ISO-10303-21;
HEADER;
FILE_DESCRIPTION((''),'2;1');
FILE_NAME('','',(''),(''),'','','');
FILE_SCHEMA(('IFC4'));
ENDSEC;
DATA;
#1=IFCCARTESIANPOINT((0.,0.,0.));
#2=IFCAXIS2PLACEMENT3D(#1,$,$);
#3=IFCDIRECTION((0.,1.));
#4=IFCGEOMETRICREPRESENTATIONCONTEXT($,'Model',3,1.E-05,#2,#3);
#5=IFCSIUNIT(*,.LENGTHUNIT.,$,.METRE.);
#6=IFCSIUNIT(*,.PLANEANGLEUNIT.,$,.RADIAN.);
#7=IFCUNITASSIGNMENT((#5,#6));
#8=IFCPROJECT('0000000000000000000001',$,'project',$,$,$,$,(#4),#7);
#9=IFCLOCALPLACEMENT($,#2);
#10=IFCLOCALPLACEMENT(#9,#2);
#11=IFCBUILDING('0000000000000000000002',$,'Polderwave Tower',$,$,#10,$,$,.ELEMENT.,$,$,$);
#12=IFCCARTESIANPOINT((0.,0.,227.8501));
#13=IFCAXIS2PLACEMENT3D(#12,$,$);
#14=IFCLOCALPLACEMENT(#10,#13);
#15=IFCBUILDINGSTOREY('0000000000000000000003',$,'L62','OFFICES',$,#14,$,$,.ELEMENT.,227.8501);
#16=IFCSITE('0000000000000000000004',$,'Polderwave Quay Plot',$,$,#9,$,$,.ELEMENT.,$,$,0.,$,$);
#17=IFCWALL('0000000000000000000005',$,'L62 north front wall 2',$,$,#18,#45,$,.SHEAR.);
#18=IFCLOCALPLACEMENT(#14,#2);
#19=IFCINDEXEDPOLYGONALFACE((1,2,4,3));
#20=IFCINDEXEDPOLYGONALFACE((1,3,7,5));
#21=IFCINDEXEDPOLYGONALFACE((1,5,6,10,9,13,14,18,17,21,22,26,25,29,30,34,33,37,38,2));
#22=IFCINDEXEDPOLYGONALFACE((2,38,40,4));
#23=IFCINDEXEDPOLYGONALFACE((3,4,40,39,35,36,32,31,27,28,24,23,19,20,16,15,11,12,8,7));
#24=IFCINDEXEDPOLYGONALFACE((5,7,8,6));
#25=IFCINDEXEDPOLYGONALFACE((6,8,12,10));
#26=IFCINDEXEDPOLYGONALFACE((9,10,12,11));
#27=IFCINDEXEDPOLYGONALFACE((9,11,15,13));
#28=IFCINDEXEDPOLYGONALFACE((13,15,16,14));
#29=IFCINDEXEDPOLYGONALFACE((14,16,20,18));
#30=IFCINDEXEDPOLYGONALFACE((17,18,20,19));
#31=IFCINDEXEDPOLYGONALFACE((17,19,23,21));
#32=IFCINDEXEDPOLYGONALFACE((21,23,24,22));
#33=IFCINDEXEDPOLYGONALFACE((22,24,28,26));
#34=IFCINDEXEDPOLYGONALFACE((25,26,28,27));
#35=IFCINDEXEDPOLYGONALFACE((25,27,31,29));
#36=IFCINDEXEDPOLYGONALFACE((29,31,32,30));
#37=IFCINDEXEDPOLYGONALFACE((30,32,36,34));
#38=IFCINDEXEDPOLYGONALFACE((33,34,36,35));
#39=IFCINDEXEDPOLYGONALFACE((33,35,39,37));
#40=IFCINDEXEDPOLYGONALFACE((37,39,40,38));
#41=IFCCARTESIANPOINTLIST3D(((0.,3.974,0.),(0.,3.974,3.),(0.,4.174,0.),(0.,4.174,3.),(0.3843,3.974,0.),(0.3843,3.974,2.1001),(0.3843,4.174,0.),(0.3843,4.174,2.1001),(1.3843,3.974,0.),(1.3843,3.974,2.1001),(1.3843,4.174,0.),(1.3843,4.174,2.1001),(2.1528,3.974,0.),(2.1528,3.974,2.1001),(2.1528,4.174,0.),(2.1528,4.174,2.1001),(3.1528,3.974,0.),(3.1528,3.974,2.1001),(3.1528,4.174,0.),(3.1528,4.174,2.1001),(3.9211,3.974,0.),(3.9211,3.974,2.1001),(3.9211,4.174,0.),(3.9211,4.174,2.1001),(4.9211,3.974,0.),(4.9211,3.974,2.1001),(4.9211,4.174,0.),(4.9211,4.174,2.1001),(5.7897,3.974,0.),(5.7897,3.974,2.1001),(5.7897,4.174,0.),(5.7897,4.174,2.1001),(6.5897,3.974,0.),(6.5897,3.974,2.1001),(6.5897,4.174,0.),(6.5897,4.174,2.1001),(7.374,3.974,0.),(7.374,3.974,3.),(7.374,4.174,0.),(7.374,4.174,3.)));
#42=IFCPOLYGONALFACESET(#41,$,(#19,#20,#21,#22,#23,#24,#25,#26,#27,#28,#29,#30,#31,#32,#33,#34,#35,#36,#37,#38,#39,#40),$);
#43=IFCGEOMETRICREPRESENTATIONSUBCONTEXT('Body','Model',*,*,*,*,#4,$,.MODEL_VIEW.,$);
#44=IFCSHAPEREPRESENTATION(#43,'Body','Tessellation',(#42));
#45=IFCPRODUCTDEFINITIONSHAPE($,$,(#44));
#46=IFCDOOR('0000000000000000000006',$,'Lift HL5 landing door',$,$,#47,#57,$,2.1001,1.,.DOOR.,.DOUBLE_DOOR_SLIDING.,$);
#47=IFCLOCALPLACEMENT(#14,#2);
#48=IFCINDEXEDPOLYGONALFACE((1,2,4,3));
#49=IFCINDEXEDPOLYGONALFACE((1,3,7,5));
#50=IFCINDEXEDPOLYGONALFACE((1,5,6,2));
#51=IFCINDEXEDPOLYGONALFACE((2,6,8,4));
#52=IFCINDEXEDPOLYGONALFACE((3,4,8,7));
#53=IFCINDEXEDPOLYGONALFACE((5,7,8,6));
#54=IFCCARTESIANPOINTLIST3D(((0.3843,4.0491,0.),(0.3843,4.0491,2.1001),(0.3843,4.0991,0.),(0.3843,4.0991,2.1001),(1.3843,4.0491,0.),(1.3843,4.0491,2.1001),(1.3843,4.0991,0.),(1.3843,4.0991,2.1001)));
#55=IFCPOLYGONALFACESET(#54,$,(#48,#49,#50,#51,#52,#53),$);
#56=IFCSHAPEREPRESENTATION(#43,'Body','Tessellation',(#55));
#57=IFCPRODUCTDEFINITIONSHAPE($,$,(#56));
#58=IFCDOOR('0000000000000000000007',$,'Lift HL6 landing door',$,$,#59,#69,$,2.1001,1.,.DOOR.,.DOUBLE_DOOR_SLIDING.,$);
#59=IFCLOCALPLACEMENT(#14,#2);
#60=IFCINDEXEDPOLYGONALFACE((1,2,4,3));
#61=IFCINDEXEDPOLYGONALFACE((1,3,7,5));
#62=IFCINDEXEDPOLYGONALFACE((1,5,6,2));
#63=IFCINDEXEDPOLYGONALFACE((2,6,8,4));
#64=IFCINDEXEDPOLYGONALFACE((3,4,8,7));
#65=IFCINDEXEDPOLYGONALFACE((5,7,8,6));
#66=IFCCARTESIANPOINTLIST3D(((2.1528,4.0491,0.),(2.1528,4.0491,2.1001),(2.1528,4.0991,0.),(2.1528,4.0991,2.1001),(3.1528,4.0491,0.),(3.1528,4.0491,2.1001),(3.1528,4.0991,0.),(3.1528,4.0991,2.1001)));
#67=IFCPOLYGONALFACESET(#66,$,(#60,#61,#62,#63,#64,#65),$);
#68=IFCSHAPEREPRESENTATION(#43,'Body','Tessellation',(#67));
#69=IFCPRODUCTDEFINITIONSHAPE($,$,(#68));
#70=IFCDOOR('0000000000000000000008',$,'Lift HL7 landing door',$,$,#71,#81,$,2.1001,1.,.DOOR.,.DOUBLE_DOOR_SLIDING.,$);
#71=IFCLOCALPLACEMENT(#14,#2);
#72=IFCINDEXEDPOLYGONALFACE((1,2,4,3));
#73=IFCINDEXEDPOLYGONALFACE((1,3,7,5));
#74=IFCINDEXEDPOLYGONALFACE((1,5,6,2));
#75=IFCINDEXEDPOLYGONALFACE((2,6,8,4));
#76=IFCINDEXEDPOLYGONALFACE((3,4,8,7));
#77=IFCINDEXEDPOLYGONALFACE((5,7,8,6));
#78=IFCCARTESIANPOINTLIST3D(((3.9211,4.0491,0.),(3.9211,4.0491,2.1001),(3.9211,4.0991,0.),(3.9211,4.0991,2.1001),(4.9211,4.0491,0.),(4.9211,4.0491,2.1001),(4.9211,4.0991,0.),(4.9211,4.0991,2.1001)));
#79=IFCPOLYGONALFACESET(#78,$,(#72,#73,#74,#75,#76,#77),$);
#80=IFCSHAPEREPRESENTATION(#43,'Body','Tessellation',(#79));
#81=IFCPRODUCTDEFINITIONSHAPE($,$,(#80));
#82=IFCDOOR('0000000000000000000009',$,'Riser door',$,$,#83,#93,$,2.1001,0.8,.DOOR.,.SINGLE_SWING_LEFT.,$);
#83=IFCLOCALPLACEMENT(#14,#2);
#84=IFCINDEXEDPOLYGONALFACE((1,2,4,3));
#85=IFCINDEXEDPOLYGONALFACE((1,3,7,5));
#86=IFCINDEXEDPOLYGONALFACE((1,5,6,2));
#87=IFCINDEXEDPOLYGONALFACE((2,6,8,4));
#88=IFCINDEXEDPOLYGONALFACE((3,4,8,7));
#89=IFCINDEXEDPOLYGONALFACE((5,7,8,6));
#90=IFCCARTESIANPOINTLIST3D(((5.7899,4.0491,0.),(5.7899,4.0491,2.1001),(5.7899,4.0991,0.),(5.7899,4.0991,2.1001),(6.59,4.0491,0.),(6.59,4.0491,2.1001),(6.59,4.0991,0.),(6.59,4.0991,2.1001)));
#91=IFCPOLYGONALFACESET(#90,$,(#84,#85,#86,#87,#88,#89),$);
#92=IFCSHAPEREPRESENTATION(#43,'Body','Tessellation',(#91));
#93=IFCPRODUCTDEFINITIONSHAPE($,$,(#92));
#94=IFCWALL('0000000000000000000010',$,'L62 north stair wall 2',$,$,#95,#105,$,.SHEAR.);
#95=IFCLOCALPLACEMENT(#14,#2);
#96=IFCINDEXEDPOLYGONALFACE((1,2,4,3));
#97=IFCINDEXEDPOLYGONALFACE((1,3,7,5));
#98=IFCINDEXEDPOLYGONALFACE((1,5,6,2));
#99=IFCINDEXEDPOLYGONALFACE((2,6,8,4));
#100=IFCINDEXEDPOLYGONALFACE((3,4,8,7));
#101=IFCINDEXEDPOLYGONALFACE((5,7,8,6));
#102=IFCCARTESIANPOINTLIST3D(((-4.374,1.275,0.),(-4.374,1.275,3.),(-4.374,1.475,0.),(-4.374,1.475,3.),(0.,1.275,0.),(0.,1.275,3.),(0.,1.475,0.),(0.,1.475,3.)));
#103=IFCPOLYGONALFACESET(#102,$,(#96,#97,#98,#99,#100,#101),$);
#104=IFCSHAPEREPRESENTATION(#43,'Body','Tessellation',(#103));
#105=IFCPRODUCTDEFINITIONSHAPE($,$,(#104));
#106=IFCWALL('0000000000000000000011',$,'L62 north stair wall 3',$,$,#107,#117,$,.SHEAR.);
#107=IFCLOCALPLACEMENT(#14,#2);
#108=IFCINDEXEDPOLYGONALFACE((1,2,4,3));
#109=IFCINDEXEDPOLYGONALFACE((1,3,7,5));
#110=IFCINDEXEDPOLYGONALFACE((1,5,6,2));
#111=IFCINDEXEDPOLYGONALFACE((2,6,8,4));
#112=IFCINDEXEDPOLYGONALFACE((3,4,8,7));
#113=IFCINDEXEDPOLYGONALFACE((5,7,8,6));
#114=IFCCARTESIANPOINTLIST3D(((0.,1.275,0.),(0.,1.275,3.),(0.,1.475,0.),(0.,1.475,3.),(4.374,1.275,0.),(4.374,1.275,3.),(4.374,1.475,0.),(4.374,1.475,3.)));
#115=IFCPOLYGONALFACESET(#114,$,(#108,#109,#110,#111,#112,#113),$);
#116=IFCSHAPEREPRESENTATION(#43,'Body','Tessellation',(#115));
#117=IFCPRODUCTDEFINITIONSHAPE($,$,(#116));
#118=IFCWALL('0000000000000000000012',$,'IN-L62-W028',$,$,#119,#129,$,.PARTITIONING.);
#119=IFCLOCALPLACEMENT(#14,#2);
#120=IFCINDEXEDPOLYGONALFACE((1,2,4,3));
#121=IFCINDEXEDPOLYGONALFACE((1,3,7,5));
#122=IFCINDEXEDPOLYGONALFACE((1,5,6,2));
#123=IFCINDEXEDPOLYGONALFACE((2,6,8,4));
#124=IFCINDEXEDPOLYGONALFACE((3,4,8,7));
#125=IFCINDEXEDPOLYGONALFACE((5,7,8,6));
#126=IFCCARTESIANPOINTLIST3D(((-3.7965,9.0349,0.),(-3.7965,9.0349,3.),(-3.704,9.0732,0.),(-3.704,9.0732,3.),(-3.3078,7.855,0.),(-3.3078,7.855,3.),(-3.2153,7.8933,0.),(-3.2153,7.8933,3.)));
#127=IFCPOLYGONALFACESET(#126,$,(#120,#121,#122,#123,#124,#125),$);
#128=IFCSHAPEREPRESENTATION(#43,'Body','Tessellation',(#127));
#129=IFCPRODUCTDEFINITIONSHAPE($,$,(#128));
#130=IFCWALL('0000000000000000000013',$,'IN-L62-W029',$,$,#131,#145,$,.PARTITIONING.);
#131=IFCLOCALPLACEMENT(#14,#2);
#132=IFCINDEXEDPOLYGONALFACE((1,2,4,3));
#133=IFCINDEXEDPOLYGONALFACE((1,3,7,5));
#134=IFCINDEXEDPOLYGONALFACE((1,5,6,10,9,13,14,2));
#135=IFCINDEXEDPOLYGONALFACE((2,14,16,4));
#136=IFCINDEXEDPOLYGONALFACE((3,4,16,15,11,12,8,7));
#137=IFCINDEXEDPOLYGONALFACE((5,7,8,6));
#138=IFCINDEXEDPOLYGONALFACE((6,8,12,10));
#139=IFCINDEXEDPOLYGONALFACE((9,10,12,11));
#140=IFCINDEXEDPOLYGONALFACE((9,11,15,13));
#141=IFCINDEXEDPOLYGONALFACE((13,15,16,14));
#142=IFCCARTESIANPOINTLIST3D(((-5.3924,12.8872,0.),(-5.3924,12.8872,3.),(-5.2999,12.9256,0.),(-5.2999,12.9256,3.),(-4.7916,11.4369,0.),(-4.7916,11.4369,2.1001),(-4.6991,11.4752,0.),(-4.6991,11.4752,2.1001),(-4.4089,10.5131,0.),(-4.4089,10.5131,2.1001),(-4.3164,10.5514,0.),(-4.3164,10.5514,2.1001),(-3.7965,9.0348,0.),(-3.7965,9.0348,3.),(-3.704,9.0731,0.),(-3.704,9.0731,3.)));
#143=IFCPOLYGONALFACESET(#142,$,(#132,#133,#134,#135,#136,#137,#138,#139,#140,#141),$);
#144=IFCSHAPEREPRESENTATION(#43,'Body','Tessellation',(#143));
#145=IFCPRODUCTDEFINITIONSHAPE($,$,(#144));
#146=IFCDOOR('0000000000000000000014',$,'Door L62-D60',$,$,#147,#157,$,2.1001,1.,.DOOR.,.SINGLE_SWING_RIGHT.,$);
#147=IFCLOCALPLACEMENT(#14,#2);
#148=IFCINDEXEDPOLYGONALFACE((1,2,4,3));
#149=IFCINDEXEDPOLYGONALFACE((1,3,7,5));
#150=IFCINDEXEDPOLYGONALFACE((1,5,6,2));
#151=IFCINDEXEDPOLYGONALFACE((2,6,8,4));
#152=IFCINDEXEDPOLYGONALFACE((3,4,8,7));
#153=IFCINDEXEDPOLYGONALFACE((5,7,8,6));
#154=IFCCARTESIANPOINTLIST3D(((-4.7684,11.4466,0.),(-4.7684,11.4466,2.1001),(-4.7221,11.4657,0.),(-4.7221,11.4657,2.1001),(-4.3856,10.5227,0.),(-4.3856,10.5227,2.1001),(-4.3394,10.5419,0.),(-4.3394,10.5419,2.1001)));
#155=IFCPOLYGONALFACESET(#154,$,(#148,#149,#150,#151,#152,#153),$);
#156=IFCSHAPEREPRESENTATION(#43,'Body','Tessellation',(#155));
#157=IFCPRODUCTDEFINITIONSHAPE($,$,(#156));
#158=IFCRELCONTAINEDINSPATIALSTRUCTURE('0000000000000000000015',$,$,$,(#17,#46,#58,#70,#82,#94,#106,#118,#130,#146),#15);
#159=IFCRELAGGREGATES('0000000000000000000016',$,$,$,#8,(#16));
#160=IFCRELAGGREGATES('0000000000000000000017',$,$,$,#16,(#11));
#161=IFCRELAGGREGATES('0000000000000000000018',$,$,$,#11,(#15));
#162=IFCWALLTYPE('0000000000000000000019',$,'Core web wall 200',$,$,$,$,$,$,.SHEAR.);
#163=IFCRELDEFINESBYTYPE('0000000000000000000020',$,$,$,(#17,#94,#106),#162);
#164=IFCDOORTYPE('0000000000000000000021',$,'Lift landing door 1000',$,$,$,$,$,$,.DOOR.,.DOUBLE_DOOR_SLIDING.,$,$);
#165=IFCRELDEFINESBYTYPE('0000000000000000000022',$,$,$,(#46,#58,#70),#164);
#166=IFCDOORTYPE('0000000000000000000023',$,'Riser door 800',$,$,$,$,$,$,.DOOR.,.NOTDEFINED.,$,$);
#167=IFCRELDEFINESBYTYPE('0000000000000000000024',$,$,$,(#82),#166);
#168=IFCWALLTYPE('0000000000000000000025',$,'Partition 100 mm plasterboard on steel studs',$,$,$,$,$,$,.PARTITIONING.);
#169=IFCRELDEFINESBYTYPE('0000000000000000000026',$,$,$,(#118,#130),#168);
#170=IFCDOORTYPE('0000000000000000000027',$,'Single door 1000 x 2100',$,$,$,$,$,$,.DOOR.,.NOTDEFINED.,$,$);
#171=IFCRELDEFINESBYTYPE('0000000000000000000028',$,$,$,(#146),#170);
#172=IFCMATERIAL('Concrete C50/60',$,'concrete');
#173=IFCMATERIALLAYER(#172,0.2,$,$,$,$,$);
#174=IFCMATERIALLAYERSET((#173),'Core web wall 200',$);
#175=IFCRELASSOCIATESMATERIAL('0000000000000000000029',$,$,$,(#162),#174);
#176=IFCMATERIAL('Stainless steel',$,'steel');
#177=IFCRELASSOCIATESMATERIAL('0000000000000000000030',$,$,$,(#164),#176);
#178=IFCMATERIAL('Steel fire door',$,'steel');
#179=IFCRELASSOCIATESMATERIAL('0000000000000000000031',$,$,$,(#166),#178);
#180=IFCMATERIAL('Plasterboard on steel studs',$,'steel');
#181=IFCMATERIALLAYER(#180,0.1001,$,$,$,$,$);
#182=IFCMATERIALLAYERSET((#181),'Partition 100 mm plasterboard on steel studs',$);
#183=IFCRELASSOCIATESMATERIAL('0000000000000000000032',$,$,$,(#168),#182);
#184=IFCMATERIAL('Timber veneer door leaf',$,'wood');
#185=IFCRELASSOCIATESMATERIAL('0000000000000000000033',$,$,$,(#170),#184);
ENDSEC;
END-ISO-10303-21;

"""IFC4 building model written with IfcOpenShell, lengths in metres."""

from ifc_helpers import new_model, si_unit, direction, frame, frame_2d, origin, place, context, subcontext, project, spatial, rectangle, extrude, material, layer, layer_set, type_object, element, fill, save


model = new_model("IFC4")

# Units and contexts
model_context = context("Model", 3, precision=1e-05, world=origin(), true_north=direction((0.0, 1.0)))
body_context = subcontext(model_context, "Body", "Model", "MODEL_VIEW")
ifc_project = project(units=[si_unit("LENGTHUNIT", "METRE"), si_unit("PLANEANGLEUNIT", "RADIAN")], contexts=[model_context])

# Site, building, storey
site_placement = place(None, origin())
site = spatial("IfcSite", under=ifc_project, at=site_placement, Name="Polderwave Quay Plot", CompositionType="ELEMENT", RefElevation=0.0)
building_placement = place(site_placement, origin())
building = spatial("IfcBuilding", under=site, at=building_placement, Name="Polderwave Tower", CompositionType="ELEMENT")
storey_placement = place(building_placement, frame((0.0, 0.0, 227.8501)))
storey = spatial("IfcBuildingStorey", under=building, at=storey_placement, Name="L62", Description="OFFICES", CompositionType="ELEMENT", Elevation=227.8501)

# Wall, openings, doors
ifc_material_1 = material(Name="Concrete C50/60", Category="concrete")
ifc_layer_1 = layer(ifc_material_1, 0.2)
ifc_layer_set_1 = layer_set([ifc_layer_1], Name="Core web wall 200")
wall_type_1 = type_object("IfcWallType", Name="Core web wall 200", PredefinedType="SHEAR", material=ifc_layer_set_1)
ifc_material_2 = material(Name="Stainless steel", Category="steel")
door_type_1 = type_object("IfcDoorType", Name="Lift landing door 1000", OperationType="DOUBLE_DOOR_SLIDING", PredefinedType="DOOR", material=ifc_material_2)
wall_1_placement = place(storey_placement, frame((0.0, 4.074, 0.0), z_axis=(0.0, 0.0, 1.0), x_axis=(1.0, 0.0, 0.0)))
wall_1 = element("IfcWall", 1, at=wall_1_placement, inside=storey, type_object=wall_type_1, Name="L62 north front wall 2", PredefinedType="SHEAR", context=body_context, shape_type="SweptSolid", body=[
    extrude(rectangle(XDim=7.374, YDim=0.2, at=frame_2d((3.687, 0.0))), origin(), (0.0, 0.0, 1.0), 3.0),
])
opening_1_placement = place(wall_1_placement, frame((0.3843, 0.0, 0.0)))
opening_1 = element("IfcOpeningElement", 2, at=opening_1_placement, cuts=wall_1, PredefinedType="OPENING", context=body_context, shape_type="SweptSolid", body=[
    extrude(rectangle(XDim=1.0, YDim=2.1001, at=frame_2d((0.5, 1.05))), frame((0.0, 0.1099, 0.0), z_axis=(0.0, -1.0, 0.0), x_axis=(1.0, 0.0, 0.0)), (0.0, 0.0, 1.0), 0.22),
])
opening_2_placement = place(wall_1_placement, frame((2.1528, 0.0, 0.0)))
opening_2 = element("IfcOpeningElement", 3, at=opening_2_placement, cuts=wall_1, PredefinedType="OPENING", context=body_context, shape_type="SweptSolid", body=[
    extrude(rectangle(XDim=1.0, YDim=2.1001, at=frame_2d((0.5, 1.05))), frame((0.0, 0.1099, 0.0), z_axis=(0.0, -1.0, 0.0), x_axis=(1.0, 0.0, 0.0)), (0.0, 0.0, 1.0), 0.22),
])
opening_3_placement = place(wall_1_placement, frame((3.9211, 0.0, 0.0)))
opening_3 = element("IfcOpeningElement", 4, at=opening_3_placement, cuts=wall_1, PredefinedType="OPENING", context=body_context, shape_type="SweptSolid", body=[
    extrude(rectangle(XDim=1.0, YDim=2.1001, at=frame_2d((0.5, 1.05))), frame((0.0, 0.1099, 0.0), z_axis=(0.0, -1.0, 0.0), x_axis=(1.0, 0.0, 0.0)), (0.0, 0.0, 1.0), 0.22),
])
opening_4_placement = place(wall_1_placement, frame((5.7898, 0.0, 0.0)))
opening_4 = element("IfcOpeningElement", 5, at=opening_4_placement, cuts=wall_1, PredefinedType="OPENING", context=body_context, shape_type="SweptSolid", body=[
    extrude(rectangle(XDim=0.8, YDim=2.1001, at=frame_2d((0.3999, 1.05))), frame((0.0, 0.1099, 0.0), z_axis=(0.0, -1.0, 0.0), x_axis=(1.0, 0.0, 0.0)), (0.0, 0.0, 1.0), 0.22),
])
door_1_placement = place(opening_1_placement, frame((1.0, 0.0, 0.0), z_axis=(0.0, 0.0, 1.0), x_axis=(-1.0, 0.0, 0.0)))
door_1 = element("IfcDoor", 6, at=door_1_placement, inside=storey, type_object=door_type_1, Name="Lift HL5 landing door", OperationType="DOUBLE_DOOR_SLIDING", OverallHeight=2.1001, OverallWidth=1.0, PredefinedType="DOOR", context=body_context, shape_type="SweptSolid", body=[
    extrude(rectangle(XDim=1.0, YDim=2.1001, at=frame_2d((0.5, 1.05))), frame((0.0, 0.0249, 0.0), z_axis=(0.0, -1.0, 0.0), x_axis=(1.0, 0.0, 0.0)), (0.0, 0.0, 1.0), 0.05),
])
fill(opening_1, door_1)
door_2_placement = place(opening_2_placement, frame((1.0, 0.0, 0.0), z_axis=(0.0, 0.0, 1.0), x_axis=(-1.0, 0.0, 0.0)))
door_2 = element("IfcDoor", 7, at=door_2_placement, inside=storey, type_object=door_type_1, Name="Lift HL6 landing door", OperationType="DOUBLE_DOOR_SLIDING", OverallHeight=2.1001, OverallWidth=1.0, PredefinedType="DOOR", context=body_context, shape_type="SweptSolid", body=[
    extrude(rectangle(XDim=1.0, YDim=2.1001, at=frame_2d((0.5, 1.05))), frame((0.0, 0.0249, 0.0), z_axis=(0.0, -1.0, 0.0), x_axis=(1.0, 0.0, 0.0)), (0.0, 0.0, 1.0), 0.05),
])
fill(opening_2, door_2)
door_3_placement = place(opening_3_placement, frame((1.0, 0.0, 0.0), z_axis=(0.0, 0.0, 1.0), x_axis=(-1.0, 0.0, 0.0)))
door_3 = element("IfcDoor", 8, at=door_3_placement, inside=storey, type_object=door_type_1, Name="Lift HL7 landing door", OperationType="DOUBLE_DOOR_SLIDING", OverallHeight=2.1001, OverallWidth=1.0, PredefinedType="DOOR", context=body_context, shape_type="SweptSolid", body=[
    extrude(rectangle(XDim=1.0, YDim=2.1001, at=frame_2d((0.5, 1.05))), frame((0.0, 0.0249, 0.0), z_axis=(0.0, -1.0, 0.0), x_axis=(1.0, 0.0, 0.0)), (0.0, 0.0, 1.0), 0.05),
])
fill(opening_3, door_3)
ifc_material_3 = material(Name="Steel fire door", Category="steel")
door_type_2 = type_object("IfcDoorType", Name="Riser door 800", OperationType="NOTDEFINED", PredefinedType="DOOR", material=ifc_material_3)
door_4_placement = place(opening_4_placement, frame((0.8, 0.0, 0.0), z_axis=(0.0, 0.0, 1.0), x_axis=(-1.0, 0.0, 0.0)))
door_4 = element("IfcDoor", 9, at=door_4_placement, inside=storey, type_object=door_type_2, Name="Riser door", OperationType="SINGLE_SWING_LEFT", OverallHeight=2.1001, OverallWidth=0.8, PredefinedType="DOOR", context=body_context, shape_type="SweptSolid", body=[
    extrude(rectangle(XDim=0.8, YDim=2.1001, at=frame_2d((0.3999, 1.05))), frame((0.0, 0.0249, 0.0), z_axis=(0.0, -1.0, 0.0), x_axis=(1.0, 0.0, 0.0)), (0.0, 0.0, 1.0), 0.05),
])
fill(opening_4, door_4)

# Walls
for number, where, z_axis, x_axis, name in (
    (10, (-4.374, 1.375, 0.0), (0.0, 0.0, 1.0), (1.0, 0.0, 0.0), "L62 north stair wall 2"),
    (11, (0.0, 1.375, 0.0), (0.0, 0.0, 1.0), (1.0, 0.0, 0.0), "L62 north stair wall 3"),
):
    element("IfcWall", number, at=place(storey_placement, frame(where, z_axis=z_axis, x_axis=x_axis)), inside=storey, type_object=wall_type_1, Name=name, PredefinedType="SHEAR", context=body_context, shape_type="SweptSolid", body=[
        extrude(rectangle(XDim=4.374, YDim=0.2, at=frame_2d((2.187, 0.0))), origin(), (0.0, 0.0, 1.0), 3.0),
    ])
ifc_material_4 = material(Name="Plasterboard on steel studs", Category="steel")
ifc_layer_2 = layer(ifc_material_4, 0.1001)
ifc_layer_set_2 = layer_set([ifc_layer_2], Name="Partition 100 mm plasterboard on steel studs")
wall_type_2 = type_object("IfcWallType", Name="Partition 100 mm plasterboard on steel studs", PredefinedType="PARTITIONING", material=ifc_layer_set_2)
wall_2_placement = place(storey_placement, frame((-3.2615, 7.874, 0.0), z_axis=(0.0, 0.0, 1.0), x_axis=(-0.382701, 0.923872, 0.0)))
element("IfcWall", 12, at=wall_2_placement, inside=storey, type_object=wall_type_2, Name="IN-L62-W028", PredefinedType="PARTITIONING", context=body_context, shape_type="SweptSolid", body=[
    extrude(rectangle(XDim=1.2771, YDim=0.1001, at=frame_2d((0.6387, 0.0))), origin(), (0.0, 0.0, 1.0), 3.0),
])

# Wall, opening, door
wall_3_placement = place(storey_placement, frame((-3.7502, 9.054, 0.0), z_axis=(0.0, 0.0, 1.0), x_axis=(-0.382719, 0.923865, 0.0)))
wall_3 = element("IfcWall", 13, at=wall_3_placement, inside=storey, type_object=wall_type_2, Name="IN-L62-W029", PredefinedType="PARTITIONING", context=body_context, shape_type="SweptSolid", body=[
    extrude(rectangle(XDim=4.1699, YDim=0.1001, at=frame_2d((2.085, 0.0))), origin(), (0.0, 0.0, 1.0), 3.0),
])
opening_5_placement = place(wall_3_placement, frame((1.6001, 0.0, 0.0)))
opening_5 = element("IfcOpeningElement", 14, at=opening_5_placement, cuts=wall_3, PredefinedType="OPENING", context=body_context, shape_type="SweptSolid", body=[
    extrude(rectangle(XDim=1.0, YDim=2.1001, at=frame_2d((0.5, 1.05))), frame((0.0, 0.0601, 0.0), z_axis=(0.0, -1.0, 0.0), x_axis=(1.0, 0.0, 0.0)), (0.0, 0.0, 1.0), 0.1201),
])
ifc_material_5 = material(Name="Timber veneer door leaf", Category="wood")
door_type_3 = type_object("IfcDoorType", Name="Single door 1000 x 2100", OperationType="NOTDEFINED", PredefinedType="DOOR", material=ifc_material_5)
door_5_placement = place(opening_5_placement, origin())
door_5 = element("IfcDoor", 15, at=door_5_placement, inside=storey, type_object=door_type_3, Name="Door L62-D60", OperationType="SINGLE_SWING_RIGHT", OverallHeight=2.1001, OverallWidth=1.0, PredefinedType="DOOR", context=body_context, shape_type="SweptSolid", body=[
    extrude(rectangle(XDim=1.0, YDim=2.1001, at=frame_2d((0.5, 1.05))), frame((0.0, 0.0249, 0.0), z_axis=(0.0, -1.0, 0.0), x_axis=(1.0, 0.0, 0.0)), (0.0, 0.0, 1.0), 0.05),
])
fill(opening_5, door_5)

save(model, "model.ifc")
